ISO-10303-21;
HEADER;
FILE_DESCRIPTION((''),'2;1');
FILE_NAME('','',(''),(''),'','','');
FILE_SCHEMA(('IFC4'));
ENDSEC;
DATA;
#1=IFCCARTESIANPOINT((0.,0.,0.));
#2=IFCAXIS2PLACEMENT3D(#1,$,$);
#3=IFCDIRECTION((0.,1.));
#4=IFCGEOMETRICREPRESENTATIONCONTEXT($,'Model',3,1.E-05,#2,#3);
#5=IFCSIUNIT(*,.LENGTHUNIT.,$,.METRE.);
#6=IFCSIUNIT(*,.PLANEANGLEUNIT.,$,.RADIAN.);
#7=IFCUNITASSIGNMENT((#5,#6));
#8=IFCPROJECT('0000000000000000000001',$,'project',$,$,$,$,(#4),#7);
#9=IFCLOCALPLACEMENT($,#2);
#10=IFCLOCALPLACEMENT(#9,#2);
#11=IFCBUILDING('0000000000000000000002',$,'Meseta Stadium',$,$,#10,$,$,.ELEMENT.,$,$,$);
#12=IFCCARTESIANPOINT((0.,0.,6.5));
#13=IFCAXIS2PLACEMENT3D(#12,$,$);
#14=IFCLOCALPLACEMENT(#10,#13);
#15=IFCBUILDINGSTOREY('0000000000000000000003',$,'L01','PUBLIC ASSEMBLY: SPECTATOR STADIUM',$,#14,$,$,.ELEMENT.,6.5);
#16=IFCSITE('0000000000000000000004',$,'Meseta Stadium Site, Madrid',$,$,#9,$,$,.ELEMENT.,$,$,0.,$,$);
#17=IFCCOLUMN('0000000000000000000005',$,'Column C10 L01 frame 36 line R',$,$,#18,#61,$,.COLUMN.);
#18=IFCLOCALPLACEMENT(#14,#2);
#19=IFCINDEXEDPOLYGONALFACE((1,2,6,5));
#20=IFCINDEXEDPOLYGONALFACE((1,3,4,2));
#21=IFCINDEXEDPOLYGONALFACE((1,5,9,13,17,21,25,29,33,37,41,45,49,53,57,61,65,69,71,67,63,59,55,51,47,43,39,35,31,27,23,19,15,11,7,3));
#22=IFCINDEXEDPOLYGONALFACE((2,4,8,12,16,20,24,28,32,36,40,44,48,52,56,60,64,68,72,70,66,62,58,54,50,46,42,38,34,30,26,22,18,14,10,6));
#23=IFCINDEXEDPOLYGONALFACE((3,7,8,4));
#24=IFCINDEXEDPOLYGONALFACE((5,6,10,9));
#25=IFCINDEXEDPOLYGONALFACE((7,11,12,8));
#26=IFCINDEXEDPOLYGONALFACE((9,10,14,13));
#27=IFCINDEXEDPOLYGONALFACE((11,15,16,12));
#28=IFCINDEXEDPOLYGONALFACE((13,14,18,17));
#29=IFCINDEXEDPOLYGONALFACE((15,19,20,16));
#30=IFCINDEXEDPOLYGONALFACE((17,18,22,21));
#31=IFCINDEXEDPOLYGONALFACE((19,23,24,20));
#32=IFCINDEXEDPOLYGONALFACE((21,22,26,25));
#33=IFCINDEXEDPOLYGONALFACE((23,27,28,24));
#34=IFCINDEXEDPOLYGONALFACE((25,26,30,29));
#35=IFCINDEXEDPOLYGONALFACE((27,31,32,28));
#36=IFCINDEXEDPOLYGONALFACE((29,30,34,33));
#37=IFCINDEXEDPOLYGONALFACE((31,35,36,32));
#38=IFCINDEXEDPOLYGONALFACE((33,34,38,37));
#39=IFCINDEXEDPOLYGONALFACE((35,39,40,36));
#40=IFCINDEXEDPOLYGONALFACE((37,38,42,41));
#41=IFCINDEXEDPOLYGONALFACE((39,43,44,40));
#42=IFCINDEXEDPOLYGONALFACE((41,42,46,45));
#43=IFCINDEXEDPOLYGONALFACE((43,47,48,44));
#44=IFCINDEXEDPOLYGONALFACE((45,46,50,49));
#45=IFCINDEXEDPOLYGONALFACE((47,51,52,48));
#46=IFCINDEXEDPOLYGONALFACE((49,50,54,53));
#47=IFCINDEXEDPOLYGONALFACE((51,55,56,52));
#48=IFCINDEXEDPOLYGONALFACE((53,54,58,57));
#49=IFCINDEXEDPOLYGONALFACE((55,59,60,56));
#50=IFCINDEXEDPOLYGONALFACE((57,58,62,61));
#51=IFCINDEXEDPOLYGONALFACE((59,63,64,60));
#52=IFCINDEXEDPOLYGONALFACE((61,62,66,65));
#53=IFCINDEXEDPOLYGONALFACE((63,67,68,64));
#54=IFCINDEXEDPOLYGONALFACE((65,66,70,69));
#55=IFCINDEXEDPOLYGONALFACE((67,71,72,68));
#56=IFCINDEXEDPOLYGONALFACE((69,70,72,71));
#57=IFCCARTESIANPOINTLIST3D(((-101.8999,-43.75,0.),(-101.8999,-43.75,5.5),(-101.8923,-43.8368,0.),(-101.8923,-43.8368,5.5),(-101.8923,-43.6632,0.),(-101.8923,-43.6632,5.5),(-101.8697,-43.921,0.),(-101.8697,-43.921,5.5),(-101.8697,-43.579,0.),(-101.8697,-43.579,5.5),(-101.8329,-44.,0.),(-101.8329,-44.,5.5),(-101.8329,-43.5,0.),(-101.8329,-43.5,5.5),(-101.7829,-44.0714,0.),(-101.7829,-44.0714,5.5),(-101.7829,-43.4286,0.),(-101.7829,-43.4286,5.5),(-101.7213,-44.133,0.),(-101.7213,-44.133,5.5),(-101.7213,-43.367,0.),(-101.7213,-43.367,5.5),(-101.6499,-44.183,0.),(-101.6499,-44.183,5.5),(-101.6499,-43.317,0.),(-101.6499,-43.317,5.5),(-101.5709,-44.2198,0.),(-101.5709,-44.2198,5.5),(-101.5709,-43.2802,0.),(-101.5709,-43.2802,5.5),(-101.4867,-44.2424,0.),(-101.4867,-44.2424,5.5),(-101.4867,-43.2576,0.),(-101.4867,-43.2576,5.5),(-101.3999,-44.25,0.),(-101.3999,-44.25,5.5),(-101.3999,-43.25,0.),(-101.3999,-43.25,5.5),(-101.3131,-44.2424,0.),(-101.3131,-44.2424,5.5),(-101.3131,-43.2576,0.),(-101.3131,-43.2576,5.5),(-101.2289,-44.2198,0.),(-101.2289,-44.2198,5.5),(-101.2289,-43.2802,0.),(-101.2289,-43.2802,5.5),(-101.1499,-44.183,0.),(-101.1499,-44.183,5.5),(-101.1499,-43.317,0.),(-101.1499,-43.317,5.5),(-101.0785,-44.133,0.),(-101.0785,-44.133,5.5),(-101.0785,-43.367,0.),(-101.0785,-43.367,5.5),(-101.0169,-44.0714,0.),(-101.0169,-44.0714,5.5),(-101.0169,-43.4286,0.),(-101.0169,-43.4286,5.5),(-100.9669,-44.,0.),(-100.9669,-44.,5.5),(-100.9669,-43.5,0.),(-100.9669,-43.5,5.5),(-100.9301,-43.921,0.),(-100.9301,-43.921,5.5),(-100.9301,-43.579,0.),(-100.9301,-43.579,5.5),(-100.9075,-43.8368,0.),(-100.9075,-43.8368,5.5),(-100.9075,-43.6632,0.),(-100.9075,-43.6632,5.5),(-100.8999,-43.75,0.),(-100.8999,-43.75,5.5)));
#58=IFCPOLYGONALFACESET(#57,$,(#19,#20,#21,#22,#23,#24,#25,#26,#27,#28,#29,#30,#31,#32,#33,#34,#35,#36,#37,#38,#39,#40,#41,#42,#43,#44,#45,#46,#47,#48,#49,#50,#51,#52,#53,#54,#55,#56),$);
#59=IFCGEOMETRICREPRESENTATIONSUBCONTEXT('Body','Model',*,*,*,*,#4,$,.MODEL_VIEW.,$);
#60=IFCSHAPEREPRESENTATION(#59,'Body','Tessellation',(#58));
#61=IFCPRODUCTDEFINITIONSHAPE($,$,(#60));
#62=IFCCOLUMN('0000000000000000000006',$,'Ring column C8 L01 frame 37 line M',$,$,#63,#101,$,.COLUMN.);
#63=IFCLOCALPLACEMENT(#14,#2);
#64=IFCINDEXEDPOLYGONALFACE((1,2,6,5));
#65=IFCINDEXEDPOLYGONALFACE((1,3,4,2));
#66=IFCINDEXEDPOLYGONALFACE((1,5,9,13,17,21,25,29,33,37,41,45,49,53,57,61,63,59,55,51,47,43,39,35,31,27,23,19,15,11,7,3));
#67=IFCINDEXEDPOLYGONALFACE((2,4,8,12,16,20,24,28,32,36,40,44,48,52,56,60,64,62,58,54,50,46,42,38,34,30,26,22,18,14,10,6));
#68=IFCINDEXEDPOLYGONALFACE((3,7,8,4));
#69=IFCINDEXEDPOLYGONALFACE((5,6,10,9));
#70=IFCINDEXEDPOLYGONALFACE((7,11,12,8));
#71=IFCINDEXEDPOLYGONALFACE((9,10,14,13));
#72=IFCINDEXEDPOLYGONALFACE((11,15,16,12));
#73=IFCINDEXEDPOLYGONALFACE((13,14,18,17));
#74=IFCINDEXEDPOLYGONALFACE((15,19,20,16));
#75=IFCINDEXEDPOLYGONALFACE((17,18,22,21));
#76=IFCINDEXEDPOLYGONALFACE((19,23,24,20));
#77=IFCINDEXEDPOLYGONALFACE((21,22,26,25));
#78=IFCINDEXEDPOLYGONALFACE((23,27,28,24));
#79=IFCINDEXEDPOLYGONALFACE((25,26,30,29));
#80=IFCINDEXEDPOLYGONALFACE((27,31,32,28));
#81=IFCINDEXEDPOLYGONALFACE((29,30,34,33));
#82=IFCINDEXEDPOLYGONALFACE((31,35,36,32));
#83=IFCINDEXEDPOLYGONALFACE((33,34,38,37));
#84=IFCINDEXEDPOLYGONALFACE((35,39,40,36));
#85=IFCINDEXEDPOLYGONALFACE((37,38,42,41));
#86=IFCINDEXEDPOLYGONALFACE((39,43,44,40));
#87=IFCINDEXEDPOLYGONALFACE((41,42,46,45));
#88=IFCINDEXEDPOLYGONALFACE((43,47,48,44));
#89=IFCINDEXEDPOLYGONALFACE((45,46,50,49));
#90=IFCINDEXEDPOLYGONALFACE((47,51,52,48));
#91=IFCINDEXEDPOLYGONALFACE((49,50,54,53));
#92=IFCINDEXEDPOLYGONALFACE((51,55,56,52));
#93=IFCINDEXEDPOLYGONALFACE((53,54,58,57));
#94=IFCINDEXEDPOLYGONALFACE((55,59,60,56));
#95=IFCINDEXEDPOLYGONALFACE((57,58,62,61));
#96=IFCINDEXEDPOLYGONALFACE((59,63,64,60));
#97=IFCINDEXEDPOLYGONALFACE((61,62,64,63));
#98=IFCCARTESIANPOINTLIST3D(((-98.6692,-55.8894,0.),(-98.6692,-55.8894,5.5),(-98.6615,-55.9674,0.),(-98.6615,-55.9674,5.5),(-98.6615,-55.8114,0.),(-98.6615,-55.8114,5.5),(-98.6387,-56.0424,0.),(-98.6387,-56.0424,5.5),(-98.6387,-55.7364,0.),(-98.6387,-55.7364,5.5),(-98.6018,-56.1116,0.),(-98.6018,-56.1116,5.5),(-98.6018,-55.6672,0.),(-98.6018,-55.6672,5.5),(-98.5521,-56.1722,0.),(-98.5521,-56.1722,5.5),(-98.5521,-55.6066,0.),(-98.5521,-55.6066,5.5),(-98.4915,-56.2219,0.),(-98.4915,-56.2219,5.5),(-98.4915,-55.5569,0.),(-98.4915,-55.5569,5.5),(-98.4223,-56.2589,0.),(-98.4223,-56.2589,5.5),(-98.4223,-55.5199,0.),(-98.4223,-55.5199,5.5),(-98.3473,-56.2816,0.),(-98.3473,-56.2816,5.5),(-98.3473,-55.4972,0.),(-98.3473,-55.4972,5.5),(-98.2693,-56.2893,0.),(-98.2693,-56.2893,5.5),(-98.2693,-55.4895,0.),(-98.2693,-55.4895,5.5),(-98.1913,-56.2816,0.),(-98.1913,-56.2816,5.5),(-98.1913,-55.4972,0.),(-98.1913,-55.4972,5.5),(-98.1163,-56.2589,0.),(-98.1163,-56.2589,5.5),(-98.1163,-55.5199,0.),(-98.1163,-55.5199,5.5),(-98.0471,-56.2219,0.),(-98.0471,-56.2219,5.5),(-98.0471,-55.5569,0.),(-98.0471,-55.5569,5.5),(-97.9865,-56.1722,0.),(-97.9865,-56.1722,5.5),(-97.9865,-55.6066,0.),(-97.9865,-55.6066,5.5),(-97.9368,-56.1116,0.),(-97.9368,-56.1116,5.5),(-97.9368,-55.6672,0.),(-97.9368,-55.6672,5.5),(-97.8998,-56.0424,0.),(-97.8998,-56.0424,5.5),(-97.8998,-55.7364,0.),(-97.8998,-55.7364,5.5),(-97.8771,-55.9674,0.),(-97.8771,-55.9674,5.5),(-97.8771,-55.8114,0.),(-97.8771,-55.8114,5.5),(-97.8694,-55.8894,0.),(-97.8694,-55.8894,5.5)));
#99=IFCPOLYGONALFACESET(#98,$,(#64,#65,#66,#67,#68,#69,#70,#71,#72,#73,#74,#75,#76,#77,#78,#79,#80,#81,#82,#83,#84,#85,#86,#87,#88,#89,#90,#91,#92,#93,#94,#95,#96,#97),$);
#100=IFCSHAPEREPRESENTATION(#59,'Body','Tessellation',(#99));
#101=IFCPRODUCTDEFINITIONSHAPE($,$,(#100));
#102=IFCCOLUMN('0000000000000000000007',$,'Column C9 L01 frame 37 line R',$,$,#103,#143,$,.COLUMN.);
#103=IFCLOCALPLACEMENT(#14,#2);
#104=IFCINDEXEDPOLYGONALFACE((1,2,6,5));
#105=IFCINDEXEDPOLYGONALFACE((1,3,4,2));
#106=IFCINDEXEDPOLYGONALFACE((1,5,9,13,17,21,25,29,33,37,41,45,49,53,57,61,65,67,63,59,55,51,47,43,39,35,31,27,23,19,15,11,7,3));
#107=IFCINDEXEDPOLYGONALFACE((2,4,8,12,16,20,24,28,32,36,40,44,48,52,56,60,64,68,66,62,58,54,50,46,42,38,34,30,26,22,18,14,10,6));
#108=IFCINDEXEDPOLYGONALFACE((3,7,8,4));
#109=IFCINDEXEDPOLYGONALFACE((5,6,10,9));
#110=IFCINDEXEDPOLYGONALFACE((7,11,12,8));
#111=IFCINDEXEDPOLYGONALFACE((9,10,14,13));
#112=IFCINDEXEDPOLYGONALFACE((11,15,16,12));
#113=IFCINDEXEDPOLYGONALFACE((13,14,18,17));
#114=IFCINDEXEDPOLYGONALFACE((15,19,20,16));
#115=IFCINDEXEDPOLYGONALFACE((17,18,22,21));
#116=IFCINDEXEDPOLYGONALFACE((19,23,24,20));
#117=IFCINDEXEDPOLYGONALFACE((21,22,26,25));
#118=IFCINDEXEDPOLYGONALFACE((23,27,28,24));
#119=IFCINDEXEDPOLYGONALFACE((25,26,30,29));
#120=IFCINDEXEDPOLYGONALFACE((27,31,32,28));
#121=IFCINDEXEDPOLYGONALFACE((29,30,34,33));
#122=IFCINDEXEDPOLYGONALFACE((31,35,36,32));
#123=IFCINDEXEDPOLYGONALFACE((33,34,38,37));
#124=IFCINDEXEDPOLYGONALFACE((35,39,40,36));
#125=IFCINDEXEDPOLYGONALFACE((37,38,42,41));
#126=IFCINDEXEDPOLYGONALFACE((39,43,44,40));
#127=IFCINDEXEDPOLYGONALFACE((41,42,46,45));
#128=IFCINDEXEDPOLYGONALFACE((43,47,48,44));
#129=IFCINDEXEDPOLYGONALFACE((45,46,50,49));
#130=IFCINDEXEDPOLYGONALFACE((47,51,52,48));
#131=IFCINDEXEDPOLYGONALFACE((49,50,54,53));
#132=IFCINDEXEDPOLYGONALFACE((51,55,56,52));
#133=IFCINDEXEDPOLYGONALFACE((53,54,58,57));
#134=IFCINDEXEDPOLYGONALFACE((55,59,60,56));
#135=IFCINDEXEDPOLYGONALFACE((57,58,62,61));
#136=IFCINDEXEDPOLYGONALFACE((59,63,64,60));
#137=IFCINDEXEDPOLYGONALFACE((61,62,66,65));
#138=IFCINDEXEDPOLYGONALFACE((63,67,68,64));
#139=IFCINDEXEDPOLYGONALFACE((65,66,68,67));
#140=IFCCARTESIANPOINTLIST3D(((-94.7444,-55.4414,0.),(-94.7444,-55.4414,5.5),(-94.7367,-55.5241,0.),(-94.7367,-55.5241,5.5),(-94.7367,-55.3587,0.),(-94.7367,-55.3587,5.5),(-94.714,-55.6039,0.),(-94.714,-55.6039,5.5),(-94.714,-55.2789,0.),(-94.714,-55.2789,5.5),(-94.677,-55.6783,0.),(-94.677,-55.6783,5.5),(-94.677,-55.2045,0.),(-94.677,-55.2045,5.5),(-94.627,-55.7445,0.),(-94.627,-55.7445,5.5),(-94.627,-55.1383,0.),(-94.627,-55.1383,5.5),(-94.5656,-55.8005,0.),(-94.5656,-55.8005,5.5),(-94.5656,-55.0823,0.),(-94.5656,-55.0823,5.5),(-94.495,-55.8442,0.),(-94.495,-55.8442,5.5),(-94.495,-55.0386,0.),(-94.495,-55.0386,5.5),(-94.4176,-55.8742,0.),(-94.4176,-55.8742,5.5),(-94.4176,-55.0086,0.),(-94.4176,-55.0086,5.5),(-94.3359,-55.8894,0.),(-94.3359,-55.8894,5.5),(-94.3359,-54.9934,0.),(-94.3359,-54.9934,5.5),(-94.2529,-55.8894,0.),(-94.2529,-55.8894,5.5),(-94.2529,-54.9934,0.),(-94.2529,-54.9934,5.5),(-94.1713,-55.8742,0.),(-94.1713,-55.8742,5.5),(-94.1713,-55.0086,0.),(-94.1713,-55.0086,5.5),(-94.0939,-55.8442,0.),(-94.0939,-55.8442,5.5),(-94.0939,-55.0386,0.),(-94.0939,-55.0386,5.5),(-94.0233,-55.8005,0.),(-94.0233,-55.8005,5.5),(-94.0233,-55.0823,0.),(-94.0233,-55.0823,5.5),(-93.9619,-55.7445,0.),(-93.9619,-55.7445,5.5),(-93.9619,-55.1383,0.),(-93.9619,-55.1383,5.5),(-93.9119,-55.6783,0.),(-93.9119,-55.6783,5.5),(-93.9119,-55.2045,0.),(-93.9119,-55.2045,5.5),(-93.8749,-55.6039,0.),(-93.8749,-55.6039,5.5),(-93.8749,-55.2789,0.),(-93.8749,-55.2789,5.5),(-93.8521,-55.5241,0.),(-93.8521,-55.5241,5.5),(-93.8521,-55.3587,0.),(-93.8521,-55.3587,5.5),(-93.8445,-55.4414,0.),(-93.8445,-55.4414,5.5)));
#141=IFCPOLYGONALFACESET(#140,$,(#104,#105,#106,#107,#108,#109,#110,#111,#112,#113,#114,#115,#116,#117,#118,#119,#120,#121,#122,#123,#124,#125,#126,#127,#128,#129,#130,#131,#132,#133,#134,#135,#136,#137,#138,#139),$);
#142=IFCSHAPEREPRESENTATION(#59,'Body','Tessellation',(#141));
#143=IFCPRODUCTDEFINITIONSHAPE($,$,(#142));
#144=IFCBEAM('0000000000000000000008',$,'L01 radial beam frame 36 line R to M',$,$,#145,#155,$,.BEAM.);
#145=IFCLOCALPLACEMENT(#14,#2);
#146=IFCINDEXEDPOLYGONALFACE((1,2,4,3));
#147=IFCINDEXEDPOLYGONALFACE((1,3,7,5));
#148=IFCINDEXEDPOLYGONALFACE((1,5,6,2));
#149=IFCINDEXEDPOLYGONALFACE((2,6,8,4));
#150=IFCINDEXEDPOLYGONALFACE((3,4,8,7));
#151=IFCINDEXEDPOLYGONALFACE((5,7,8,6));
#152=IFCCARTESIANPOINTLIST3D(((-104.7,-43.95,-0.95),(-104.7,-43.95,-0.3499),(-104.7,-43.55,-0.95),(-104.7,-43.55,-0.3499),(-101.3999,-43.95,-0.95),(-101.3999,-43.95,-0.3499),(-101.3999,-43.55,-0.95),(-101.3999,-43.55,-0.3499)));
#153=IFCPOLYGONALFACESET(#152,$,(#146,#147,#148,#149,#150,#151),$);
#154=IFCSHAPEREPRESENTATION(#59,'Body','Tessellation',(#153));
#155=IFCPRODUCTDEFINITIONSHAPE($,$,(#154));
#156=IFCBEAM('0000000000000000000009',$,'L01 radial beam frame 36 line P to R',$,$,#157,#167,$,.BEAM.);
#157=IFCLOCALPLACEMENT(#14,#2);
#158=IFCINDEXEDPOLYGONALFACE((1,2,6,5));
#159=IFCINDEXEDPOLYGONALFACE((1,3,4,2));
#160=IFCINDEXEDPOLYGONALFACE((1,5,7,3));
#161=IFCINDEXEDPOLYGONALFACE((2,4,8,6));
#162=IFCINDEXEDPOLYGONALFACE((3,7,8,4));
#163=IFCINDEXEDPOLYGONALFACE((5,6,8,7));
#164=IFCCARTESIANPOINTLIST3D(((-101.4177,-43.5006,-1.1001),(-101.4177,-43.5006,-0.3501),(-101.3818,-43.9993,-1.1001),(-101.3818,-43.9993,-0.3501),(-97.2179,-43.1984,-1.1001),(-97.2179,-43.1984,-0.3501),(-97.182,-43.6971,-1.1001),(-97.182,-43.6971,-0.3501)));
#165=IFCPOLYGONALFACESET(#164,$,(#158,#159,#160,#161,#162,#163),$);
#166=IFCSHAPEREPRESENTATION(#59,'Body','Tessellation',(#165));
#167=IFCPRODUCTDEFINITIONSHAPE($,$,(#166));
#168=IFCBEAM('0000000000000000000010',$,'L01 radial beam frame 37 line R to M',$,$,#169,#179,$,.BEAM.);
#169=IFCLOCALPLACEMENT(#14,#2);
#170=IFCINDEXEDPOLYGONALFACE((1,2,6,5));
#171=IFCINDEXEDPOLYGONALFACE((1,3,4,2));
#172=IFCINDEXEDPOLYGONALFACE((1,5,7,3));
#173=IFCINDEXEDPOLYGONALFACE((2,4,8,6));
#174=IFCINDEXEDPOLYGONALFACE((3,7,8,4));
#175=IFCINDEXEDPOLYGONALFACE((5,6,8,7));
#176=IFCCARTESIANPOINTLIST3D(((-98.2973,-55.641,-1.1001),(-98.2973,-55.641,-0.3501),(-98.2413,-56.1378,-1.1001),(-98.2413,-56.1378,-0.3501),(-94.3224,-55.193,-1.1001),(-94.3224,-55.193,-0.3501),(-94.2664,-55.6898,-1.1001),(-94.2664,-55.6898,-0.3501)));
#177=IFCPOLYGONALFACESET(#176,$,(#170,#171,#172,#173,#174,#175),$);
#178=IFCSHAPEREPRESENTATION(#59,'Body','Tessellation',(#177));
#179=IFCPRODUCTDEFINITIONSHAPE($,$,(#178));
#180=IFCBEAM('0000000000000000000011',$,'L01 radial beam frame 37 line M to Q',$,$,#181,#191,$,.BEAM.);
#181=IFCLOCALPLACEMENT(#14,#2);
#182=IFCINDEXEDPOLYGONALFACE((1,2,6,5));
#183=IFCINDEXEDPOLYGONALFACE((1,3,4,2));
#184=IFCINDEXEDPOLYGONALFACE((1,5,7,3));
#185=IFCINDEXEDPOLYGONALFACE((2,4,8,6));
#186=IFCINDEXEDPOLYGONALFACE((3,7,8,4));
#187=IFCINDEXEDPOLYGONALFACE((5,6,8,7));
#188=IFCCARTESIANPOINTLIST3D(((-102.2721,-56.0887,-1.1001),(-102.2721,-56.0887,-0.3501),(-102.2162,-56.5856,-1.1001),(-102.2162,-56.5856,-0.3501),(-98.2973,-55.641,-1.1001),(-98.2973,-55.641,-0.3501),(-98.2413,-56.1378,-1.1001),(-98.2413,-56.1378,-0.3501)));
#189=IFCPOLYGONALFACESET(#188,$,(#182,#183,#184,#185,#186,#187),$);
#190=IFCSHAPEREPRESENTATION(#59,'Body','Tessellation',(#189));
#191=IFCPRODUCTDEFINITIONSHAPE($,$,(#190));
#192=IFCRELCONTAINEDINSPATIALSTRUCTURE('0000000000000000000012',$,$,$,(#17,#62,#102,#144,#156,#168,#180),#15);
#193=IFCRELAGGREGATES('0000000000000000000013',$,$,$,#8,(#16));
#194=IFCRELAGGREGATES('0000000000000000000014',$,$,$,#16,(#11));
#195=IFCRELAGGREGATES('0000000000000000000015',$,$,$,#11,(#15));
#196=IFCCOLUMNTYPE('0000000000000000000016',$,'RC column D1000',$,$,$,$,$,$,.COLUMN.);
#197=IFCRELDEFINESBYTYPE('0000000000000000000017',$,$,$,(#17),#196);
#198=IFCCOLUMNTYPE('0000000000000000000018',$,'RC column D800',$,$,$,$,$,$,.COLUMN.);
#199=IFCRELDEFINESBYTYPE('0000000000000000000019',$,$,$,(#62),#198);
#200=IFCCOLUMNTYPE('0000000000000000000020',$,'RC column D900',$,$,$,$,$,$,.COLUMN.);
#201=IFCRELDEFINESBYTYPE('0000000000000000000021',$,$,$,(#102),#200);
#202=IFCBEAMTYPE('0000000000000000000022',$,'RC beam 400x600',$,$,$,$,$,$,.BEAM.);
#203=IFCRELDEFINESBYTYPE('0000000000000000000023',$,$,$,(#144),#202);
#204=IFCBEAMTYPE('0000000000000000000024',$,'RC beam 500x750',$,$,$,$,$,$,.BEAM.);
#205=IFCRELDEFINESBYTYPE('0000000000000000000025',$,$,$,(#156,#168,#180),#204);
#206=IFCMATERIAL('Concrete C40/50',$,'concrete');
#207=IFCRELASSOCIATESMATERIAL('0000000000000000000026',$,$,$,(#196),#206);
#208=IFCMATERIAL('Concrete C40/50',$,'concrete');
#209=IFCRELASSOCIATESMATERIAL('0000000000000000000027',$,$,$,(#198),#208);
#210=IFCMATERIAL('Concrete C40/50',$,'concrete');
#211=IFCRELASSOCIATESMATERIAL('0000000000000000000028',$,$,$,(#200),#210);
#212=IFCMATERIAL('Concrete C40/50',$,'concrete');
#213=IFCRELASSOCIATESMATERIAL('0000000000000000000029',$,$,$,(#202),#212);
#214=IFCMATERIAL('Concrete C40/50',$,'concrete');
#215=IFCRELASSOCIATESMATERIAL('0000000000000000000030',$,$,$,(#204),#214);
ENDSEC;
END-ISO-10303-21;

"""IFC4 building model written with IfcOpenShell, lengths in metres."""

from ifc_helpers import new_model, si_unit, direction, frame, origin, origin_2d, place, context, subcontext, project, spatial, rectangle, circle, extrude, material, material_profile, profile_set, type_object, element, save


model = new_model("IFC4")

# Units and contexts
model_context = context("Model", 3, precision=1e-05, world=origin(), true_north=direction((0.0, 1.0)))
body_context = subcontext(model_context, "Body", "Model", "MODEL_VIEW")
ifc_project = project(units=[si_unit("LENGTHUNIT", "METRE"), si_unit("PLANEANGLEUNIT", "RADIAN")], contexts=[model_context])

# Site, building, storey
site_placement = place(None, origin())
site = spatial("IfcSite", under=ifc_project, at=site_placement, Name="Meseta Stadium Site, Madrid", CompositionType="ELEMENT", RefElevation=0.0)
building_placement = place(site_placement, origin())
building = spatial("IfcBuilding", under=site, at=building_placement, Name="Meseta Stadium", CompositionType="ELEMENT")
storey_placement = place(building_placement, frame((0.0, 0.0, 6.5)))
storey = spatial("IfcBuildingStorey", under=building, at=storey_placement, Name="L01", Description="PUBLIC ASSEMBLY: SPECTATOR STADIUM", CompositionType="ELEMENT", Elevation=6.5)

# Columns
ifc_material_1 = material(Name="Concrete C40/50", Category="concrete")
ifc_material_profile_1 = material_profile(ifc_material_1, circle(Radius=0.5, at=origin_2d()), Name="RC D1000")
ifc_profile_set_1 = profile_set([ifc_material_profile_1], Name="Concrete C40/50")
column_type_1 = type_object("IfcColumnType", Name="RC column D1000", PredefinedType="COLUMN", material=ifc_profile_set_1)
column_1_placement = place(storey_placement, frame((-101.3999, -43.75, 0.0), z_axis=(0.0, 0.0, 1.0), x_axis=(1.0, 0.0, 0.0)))
element("IfcColumn", 1, at=column_1_placement, inside=storey, type_object=column_type_1, Name="Column C10 L01 frame 36 line R", PredefinedType="COLUMN", context=body_context, shape_type="SweptSolid", body=[
    extrude(circle(Radius=0.5, at=origin_2d()), origin(), (0.0, 0.0, 1.0), 5.5),
])
ifc_material_2 = material(Name="Concrete C40/50", Category="concrete")
ifc_material_profile_2 = material_profile(ifc_material_2, circle(Radius=0.3999, at=origin_2d()), Name="RC D800")
ifc_profile_set_2 = profile_set([ifc_material_profile_2], Name="Concrete C40/50")
column_type_2 = type_object("IfcColumnType", Name="RC column D800", PredefinedType="COLUMN", material=ifc_profile_set_2)
column_2_placement = place(storey_placement, frame((-98.2693, -55.8894, 0.0), z_axis=(0.0, 0.0, 1.0), x_axis=(1.0, 0.0, 0.0)))
element("IfcColumn", 2, at=column_2_placement, inside=storey, type_object=column_type_2, Name="Ring column C8 L01 frame 37 line M", PredefinedType="COLUMN", context=body_context, shape_type="SweptSolid", body=[
    extrude(circle(Radius=0.3999, at=origin_2d()), origin(), (0.0, 0.0, 1.0), 5.5),
])
ifc_material_3 = material(Name="Concrete C40/50", Category="concrete")
ifc_material_profile_3 = material_profile(ifc_material_3, circle(Radius=0.45, at=origin_2d()), Name="RC D900")
ifc_profile_set_3 = profile_set([ifc_material_profile_3], Name="Concrete C40/50")
column_type_3 = type_object("IfcColumnType", Name="RC column D900", PredefinedType="COLUMN", material=ifc_profile_set_3)
column_3_placement = place(storey_placement, frame((-94.2944, -55.4414, 0.0), z_axis=(0.0, 0.0, 1.0), x_axis=(1.0, 0.0, 0.0)))
element("IfcColumn", 3, at=column_3_placement, inside=storey, type_object=column_type_3, Name="Column C9 L01 frame 37 line R", PredefinedType="COLUMN", context=body_context, shape_type="SweptSolid", body=[
    extrude(circle(Radius=0.45, at=origin_2d()), origin(), (0.0, 0.0, 1.0), 5.5),
])

# Beams
ifc_material_4 = material(Name="Concrete C40/50", Category="concrete")
ifc_material_profile_4 = material_profile(ifc_material_4, rectangle(XDim=0.3999, YDim=0.6001, at=origin_2d()), Name="RC 400x600")
ifc_profile_set_4 = profile_set([ifc_material_profile_4], Name="Concrete C40/50")
beam_type_1 = type_object("IfcBeamType", Name="RC beam 400x600", PredefinedType="BEAM", material=ifc_profile_set_4)
beam_1_placement = place(storey_placement, frame((-101.3999, -43.75, -0.6499), z_axis=(-1.0, 0.0, 0.0), x_axis=(0.0, -1.0, 0.0)))
element("IfcBeam", 4, at=beam_1_placement, inside=storey, type_object=beam_type_1, Name="L01 radial beam frame 36 line R to M", PredefinedType="BEAM", context=body_context, shape_type="SweptSolid", body=[
    extrude(rectangle(XDim=0.3999, YDim=0.6001, at=origin_2d()), origin(), (0.0, 0.0, 1.0), 3.3),
])
ifc_material_5 = material(Name="Concrete C40/50", Category="concrete")
ifc_material_profile_5 = material_profile(ifc_material_5, rectangle(XDim=0.5, YDim=0.75, at=origin_2d()), Name="RC 500x750")
ifc_profile_set_5 = profile_set([ifc_material_profile_5], Name="Concrete C40/50")
beam_type_2 = type_object("IfcBeamType", Name="RC beam 500x750", PredefinedType="BEAM", material=ifc_profile_set_5)
beam_2_placement = place(storey_placement, frame((-97.2, -43.4478, -0.7251), z_axis=(-0.997421, -0.071779, 0.0), x_axis=(0.071779, -0.997421, 0.0)))
element("IfcBeam", 5, at=beam_2_placement, inside=storey, type_object=beam_type_2, Name="L01 radial beam frame 36 line P to R", PredefinedType="BEAM", context=body_context, shape_type="SweptSolid", body=[
    extrude(rectangle(XDim=0.5, YDim=0.75, at=origin_2d()), origin(), (0.0, 0.0, 1.0), 4.2107),
])
for number, where, z_axis, x_axis, name in (
    (6, (-94.2944, -55.4414, -0.7251), (-0.993708, -0.111999, 0.0), (0.111999, -0.993708, 0.0), "L01 radial beam frame 37 line R to M"),
    (7, (-98.2693, -55.8894, -0.7251), (-0.993715, -0.111939, 0.0), (0.111939, -0.993715, 0.0), "L01 radial beam frame 37 line M to Q"),
):
    element("IfcBeam", number, at=place(storey_placement, frame(where, z_axis=z_axis, x_axis=x_axis)), inside=storey, type_object=beam_type_2, Name=name, PredefinedType="BEAM", context=body_context, shape_type="SweptSolid", body=[
        extrude(rectangle(XDim=0.5, YDim=0.75, at=origin_2d()), origin(), (0.0, 0.0, 1.0), 4.0),
    ])

save(model, "model.ifc")
